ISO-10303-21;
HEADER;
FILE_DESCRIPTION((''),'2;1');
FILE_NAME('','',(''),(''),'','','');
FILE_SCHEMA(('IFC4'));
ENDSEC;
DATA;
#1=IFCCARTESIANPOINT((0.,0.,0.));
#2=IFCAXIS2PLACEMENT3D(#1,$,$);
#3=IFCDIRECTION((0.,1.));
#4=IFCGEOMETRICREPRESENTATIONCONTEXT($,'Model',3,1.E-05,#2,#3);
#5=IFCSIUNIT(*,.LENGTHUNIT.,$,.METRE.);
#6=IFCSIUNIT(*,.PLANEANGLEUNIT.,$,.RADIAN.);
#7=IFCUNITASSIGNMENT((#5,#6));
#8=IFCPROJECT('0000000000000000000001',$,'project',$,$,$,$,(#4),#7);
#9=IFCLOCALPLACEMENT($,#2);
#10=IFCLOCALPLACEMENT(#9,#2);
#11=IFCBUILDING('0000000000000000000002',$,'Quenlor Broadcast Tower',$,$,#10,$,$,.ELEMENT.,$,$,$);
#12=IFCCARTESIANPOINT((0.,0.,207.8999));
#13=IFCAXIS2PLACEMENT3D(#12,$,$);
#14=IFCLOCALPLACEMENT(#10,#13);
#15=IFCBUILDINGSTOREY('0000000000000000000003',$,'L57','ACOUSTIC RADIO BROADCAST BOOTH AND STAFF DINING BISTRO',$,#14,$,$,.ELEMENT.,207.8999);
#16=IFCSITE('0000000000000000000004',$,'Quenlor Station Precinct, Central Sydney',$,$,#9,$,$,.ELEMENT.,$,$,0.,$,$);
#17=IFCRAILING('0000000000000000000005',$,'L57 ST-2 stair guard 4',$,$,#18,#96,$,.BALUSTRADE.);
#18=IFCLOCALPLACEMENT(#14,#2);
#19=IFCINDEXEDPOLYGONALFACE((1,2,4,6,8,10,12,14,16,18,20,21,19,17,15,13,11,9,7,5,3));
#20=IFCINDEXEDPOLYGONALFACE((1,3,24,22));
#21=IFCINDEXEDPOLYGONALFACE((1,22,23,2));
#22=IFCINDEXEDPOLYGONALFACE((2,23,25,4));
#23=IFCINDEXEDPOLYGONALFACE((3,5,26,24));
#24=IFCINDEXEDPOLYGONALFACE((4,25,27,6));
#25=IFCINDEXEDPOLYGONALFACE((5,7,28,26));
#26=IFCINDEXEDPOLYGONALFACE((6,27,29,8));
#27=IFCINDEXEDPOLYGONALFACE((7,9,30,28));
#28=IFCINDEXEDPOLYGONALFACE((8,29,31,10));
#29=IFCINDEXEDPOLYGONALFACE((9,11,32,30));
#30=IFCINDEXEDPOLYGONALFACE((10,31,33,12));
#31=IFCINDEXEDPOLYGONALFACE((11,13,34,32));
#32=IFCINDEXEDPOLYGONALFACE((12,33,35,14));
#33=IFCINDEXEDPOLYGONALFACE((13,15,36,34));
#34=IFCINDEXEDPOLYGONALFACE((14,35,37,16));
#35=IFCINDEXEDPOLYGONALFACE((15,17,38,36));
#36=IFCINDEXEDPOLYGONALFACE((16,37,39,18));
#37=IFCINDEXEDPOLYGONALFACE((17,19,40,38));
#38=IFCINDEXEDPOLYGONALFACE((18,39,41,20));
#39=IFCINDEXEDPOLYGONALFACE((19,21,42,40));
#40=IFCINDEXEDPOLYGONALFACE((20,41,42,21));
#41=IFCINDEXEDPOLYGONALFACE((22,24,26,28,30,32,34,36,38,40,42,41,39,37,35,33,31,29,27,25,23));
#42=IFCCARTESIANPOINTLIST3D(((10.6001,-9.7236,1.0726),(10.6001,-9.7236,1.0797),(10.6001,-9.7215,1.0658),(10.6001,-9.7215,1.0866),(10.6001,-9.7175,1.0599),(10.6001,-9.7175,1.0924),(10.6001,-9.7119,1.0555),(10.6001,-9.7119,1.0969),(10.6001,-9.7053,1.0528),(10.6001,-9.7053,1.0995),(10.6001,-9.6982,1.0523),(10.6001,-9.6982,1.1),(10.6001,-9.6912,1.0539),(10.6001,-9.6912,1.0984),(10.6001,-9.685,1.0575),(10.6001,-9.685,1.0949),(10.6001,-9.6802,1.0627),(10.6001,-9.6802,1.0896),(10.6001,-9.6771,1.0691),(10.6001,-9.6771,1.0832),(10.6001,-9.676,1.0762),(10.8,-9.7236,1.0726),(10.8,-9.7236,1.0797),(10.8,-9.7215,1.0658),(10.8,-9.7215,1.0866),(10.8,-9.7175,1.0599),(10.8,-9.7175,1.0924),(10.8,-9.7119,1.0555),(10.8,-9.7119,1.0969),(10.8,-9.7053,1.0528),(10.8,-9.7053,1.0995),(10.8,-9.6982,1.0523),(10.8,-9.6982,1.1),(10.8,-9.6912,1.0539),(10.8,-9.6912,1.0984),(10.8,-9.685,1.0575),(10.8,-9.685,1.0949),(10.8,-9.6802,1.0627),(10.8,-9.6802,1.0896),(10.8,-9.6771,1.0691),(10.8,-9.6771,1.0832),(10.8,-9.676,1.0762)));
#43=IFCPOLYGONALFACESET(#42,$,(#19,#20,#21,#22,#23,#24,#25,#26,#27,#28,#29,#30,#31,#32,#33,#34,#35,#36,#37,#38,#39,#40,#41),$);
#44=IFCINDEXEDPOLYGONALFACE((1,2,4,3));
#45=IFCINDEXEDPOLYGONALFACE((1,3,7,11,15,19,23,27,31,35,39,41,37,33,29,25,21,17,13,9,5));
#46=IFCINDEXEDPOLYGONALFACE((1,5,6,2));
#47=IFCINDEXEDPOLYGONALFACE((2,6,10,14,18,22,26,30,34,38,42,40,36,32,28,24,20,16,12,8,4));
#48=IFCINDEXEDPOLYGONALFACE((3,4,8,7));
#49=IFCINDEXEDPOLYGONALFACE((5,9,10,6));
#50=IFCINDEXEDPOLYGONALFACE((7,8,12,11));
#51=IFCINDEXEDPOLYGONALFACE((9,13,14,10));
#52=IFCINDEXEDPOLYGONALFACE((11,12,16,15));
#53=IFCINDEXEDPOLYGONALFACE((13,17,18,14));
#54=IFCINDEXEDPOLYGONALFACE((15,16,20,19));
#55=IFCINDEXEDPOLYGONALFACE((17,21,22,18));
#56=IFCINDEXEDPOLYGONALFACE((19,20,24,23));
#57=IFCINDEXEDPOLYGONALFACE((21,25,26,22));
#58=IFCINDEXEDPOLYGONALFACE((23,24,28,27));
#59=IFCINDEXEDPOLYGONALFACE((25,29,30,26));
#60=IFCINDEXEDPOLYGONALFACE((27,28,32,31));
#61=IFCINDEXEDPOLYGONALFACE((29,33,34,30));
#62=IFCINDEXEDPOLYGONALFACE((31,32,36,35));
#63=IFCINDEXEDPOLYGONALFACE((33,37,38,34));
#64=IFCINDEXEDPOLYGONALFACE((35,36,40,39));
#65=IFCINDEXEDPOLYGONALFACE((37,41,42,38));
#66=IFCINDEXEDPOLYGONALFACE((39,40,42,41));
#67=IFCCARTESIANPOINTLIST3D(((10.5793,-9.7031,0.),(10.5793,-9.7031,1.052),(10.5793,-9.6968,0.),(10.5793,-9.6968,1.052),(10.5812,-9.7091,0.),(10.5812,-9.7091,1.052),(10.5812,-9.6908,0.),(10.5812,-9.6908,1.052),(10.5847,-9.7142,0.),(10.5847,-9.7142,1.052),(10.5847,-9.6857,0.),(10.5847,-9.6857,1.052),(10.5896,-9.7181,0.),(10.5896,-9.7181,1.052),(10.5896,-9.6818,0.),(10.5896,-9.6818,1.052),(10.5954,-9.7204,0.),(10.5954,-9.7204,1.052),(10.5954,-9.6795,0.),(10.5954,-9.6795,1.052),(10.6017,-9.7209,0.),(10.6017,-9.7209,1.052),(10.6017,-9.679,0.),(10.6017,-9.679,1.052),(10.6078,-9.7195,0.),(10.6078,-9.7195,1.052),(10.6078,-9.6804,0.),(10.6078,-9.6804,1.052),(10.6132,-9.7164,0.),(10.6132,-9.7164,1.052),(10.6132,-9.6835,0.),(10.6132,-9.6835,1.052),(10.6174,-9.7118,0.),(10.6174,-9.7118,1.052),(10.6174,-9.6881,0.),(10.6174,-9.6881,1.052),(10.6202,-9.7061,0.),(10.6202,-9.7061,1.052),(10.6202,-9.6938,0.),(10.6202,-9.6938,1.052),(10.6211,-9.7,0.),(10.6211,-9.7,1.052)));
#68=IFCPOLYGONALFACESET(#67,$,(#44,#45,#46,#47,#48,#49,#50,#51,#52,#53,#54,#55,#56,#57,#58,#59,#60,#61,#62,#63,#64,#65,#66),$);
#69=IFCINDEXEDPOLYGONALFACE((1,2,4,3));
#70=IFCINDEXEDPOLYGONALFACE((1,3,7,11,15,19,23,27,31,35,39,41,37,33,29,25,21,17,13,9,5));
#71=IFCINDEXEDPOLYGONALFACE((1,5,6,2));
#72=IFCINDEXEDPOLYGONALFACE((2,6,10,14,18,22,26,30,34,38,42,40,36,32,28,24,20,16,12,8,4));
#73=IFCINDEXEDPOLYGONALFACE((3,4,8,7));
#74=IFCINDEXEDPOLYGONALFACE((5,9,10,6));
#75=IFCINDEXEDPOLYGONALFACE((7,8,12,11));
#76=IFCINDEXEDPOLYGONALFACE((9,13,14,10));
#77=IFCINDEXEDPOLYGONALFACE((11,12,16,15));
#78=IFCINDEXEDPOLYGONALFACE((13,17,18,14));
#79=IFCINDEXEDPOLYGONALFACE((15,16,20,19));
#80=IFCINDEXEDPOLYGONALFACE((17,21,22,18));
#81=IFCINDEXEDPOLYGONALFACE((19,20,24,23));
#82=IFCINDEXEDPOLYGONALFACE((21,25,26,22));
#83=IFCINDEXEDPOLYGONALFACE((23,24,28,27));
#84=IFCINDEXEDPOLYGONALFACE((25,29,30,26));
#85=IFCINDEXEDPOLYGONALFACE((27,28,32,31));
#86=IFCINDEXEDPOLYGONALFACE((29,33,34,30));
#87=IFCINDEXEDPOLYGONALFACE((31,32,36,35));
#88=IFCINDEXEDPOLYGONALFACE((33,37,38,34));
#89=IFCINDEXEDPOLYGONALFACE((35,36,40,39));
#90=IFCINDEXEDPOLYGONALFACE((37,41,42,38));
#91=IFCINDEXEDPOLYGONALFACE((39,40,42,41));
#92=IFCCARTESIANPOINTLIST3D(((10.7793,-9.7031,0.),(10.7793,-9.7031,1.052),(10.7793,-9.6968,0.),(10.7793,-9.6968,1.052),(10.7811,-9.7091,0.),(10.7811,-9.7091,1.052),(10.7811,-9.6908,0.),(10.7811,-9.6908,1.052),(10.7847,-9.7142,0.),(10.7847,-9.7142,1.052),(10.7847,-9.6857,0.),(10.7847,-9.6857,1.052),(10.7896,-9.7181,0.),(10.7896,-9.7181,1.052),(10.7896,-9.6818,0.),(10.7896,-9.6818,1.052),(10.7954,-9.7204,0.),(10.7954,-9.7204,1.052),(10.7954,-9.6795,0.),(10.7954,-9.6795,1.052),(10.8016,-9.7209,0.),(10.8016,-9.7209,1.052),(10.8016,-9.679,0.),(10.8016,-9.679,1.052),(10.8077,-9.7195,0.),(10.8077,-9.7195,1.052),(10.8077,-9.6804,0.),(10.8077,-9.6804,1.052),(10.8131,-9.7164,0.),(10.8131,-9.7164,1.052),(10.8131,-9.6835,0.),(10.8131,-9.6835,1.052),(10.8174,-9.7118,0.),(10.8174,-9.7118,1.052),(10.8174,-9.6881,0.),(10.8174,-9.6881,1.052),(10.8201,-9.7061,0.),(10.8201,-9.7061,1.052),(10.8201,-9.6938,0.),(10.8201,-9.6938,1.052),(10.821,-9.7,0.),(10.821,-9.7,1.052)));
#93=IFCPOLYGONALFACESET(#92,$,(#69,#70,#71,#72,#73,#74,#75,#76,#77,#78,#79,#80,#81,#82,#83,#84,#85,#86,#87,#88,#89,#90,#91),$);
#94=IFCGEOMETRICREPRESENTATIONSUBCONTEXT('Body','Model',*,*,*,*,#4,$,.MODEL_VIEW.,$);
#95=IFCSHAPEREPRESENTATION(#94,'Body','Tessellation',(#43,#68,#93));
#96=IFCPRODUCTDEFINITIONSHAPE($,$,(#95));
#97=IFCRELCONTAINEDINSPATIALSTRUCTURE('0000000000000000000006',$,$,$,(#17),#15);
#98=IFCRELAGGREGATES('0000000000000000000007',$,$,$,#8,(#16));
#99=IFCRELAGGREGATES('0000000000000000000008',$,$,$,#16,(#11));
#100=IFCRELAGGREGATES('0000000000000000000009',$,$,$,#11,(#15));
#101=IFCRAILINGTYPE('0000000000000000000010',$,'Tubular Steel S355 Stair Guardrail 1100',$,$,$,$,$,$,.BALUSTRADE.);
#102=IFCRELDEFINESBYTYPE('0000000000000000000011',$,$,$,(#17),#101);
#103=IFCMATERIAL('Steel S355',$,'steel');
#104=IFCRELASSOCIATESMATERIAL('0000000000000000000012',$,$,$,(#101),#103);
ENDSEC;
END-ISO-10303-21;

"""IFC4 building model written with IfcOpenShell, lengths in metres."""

from ifc_helpers import new_model, si_unit, direction, frame, origin, origin_2d, place, context, subcontext, project, spatial, circle, extrude, material, type_object, element, save


model = new_model("IFC4")

# Units and contexts
model_context = context("Model", 3, precision=1e-05, world=origin(), true_north=direction((0.0, 1.0)))
body_context = subcontext(model_context, "Body", "Model", "MODEL_VIEW")
ifc_project = project(units=[si_unit("LENGTHUNIT", "METRE"), si_unit("PLANEANGLEUNIT", "RADIAN")], contexts=[model_context])

# Site, building, storey
site_placement = place(None, origin())
site = spatial("IfcSite", under=ifc_project, at=site_placement, Name="Quenlor Station Precinct, Central Sydney", CompositionType="ELEMENT", RefElevation=0.0)
building_placement = place(site_placement, origin())
building = spatial("IfcBuilding", under=site, at=building_placement, Name="Quenlor Broadcast Tower", CompositionType="ELEMENT")
storey_placement = place(building_placement, frame((0.0, 0.0, 207.8999)))
storey = spatial("IfcBuildingStorey", under=building, at=storey_placement, Name="L57", Description="ACOUSTIC RADIO BROADCAST BOOTH AND STAFF DINING BISTRO", CompositionType="ELEMENT", Elevation=207.8999)

# Railing
ifc_material_1 = material(Name="Steel S355", Category="steel")
railing_type_1 = type_object("IfcRailingType", Name="Tubular Steel S355 Stair Guardrail 1100", PredefinedType="BALUSTRADE", material=ifc_material_1)
railing_1_placement = place(storey_placement, frame((10.6001, -9.7, 0.0)))
element("IfcRailing", 1, at=railing_1_placement, inside=storey, type_object=railing_type_1, Name="L57 ST-2 stair guard 4", PredefinedType="BALUSTRADE", context=body_context, shape_type="SweptSolid", body=[
    extrude(circle(Radius=0.0239, at=origin_2d()), frame((0.0, 0.0, 1.0762), z_axis=(1.0, 0.0, 0.0), x_axis=(0.0, 1.0, 0.0)), (0.0, 0.0, 1.0), 0.2),
    extrude(circle(Radius=0.021, at=origin_2d()), origin(), (0.0, 0.0, 1.0), 1.052),
    extrude(circle(Radius=0.021, at=origin_2d()), frame((0.2, 0.0, 0.0)), (0.0, 0.0, 1.0), 1.052),
])

save(model, "model.ifc")
